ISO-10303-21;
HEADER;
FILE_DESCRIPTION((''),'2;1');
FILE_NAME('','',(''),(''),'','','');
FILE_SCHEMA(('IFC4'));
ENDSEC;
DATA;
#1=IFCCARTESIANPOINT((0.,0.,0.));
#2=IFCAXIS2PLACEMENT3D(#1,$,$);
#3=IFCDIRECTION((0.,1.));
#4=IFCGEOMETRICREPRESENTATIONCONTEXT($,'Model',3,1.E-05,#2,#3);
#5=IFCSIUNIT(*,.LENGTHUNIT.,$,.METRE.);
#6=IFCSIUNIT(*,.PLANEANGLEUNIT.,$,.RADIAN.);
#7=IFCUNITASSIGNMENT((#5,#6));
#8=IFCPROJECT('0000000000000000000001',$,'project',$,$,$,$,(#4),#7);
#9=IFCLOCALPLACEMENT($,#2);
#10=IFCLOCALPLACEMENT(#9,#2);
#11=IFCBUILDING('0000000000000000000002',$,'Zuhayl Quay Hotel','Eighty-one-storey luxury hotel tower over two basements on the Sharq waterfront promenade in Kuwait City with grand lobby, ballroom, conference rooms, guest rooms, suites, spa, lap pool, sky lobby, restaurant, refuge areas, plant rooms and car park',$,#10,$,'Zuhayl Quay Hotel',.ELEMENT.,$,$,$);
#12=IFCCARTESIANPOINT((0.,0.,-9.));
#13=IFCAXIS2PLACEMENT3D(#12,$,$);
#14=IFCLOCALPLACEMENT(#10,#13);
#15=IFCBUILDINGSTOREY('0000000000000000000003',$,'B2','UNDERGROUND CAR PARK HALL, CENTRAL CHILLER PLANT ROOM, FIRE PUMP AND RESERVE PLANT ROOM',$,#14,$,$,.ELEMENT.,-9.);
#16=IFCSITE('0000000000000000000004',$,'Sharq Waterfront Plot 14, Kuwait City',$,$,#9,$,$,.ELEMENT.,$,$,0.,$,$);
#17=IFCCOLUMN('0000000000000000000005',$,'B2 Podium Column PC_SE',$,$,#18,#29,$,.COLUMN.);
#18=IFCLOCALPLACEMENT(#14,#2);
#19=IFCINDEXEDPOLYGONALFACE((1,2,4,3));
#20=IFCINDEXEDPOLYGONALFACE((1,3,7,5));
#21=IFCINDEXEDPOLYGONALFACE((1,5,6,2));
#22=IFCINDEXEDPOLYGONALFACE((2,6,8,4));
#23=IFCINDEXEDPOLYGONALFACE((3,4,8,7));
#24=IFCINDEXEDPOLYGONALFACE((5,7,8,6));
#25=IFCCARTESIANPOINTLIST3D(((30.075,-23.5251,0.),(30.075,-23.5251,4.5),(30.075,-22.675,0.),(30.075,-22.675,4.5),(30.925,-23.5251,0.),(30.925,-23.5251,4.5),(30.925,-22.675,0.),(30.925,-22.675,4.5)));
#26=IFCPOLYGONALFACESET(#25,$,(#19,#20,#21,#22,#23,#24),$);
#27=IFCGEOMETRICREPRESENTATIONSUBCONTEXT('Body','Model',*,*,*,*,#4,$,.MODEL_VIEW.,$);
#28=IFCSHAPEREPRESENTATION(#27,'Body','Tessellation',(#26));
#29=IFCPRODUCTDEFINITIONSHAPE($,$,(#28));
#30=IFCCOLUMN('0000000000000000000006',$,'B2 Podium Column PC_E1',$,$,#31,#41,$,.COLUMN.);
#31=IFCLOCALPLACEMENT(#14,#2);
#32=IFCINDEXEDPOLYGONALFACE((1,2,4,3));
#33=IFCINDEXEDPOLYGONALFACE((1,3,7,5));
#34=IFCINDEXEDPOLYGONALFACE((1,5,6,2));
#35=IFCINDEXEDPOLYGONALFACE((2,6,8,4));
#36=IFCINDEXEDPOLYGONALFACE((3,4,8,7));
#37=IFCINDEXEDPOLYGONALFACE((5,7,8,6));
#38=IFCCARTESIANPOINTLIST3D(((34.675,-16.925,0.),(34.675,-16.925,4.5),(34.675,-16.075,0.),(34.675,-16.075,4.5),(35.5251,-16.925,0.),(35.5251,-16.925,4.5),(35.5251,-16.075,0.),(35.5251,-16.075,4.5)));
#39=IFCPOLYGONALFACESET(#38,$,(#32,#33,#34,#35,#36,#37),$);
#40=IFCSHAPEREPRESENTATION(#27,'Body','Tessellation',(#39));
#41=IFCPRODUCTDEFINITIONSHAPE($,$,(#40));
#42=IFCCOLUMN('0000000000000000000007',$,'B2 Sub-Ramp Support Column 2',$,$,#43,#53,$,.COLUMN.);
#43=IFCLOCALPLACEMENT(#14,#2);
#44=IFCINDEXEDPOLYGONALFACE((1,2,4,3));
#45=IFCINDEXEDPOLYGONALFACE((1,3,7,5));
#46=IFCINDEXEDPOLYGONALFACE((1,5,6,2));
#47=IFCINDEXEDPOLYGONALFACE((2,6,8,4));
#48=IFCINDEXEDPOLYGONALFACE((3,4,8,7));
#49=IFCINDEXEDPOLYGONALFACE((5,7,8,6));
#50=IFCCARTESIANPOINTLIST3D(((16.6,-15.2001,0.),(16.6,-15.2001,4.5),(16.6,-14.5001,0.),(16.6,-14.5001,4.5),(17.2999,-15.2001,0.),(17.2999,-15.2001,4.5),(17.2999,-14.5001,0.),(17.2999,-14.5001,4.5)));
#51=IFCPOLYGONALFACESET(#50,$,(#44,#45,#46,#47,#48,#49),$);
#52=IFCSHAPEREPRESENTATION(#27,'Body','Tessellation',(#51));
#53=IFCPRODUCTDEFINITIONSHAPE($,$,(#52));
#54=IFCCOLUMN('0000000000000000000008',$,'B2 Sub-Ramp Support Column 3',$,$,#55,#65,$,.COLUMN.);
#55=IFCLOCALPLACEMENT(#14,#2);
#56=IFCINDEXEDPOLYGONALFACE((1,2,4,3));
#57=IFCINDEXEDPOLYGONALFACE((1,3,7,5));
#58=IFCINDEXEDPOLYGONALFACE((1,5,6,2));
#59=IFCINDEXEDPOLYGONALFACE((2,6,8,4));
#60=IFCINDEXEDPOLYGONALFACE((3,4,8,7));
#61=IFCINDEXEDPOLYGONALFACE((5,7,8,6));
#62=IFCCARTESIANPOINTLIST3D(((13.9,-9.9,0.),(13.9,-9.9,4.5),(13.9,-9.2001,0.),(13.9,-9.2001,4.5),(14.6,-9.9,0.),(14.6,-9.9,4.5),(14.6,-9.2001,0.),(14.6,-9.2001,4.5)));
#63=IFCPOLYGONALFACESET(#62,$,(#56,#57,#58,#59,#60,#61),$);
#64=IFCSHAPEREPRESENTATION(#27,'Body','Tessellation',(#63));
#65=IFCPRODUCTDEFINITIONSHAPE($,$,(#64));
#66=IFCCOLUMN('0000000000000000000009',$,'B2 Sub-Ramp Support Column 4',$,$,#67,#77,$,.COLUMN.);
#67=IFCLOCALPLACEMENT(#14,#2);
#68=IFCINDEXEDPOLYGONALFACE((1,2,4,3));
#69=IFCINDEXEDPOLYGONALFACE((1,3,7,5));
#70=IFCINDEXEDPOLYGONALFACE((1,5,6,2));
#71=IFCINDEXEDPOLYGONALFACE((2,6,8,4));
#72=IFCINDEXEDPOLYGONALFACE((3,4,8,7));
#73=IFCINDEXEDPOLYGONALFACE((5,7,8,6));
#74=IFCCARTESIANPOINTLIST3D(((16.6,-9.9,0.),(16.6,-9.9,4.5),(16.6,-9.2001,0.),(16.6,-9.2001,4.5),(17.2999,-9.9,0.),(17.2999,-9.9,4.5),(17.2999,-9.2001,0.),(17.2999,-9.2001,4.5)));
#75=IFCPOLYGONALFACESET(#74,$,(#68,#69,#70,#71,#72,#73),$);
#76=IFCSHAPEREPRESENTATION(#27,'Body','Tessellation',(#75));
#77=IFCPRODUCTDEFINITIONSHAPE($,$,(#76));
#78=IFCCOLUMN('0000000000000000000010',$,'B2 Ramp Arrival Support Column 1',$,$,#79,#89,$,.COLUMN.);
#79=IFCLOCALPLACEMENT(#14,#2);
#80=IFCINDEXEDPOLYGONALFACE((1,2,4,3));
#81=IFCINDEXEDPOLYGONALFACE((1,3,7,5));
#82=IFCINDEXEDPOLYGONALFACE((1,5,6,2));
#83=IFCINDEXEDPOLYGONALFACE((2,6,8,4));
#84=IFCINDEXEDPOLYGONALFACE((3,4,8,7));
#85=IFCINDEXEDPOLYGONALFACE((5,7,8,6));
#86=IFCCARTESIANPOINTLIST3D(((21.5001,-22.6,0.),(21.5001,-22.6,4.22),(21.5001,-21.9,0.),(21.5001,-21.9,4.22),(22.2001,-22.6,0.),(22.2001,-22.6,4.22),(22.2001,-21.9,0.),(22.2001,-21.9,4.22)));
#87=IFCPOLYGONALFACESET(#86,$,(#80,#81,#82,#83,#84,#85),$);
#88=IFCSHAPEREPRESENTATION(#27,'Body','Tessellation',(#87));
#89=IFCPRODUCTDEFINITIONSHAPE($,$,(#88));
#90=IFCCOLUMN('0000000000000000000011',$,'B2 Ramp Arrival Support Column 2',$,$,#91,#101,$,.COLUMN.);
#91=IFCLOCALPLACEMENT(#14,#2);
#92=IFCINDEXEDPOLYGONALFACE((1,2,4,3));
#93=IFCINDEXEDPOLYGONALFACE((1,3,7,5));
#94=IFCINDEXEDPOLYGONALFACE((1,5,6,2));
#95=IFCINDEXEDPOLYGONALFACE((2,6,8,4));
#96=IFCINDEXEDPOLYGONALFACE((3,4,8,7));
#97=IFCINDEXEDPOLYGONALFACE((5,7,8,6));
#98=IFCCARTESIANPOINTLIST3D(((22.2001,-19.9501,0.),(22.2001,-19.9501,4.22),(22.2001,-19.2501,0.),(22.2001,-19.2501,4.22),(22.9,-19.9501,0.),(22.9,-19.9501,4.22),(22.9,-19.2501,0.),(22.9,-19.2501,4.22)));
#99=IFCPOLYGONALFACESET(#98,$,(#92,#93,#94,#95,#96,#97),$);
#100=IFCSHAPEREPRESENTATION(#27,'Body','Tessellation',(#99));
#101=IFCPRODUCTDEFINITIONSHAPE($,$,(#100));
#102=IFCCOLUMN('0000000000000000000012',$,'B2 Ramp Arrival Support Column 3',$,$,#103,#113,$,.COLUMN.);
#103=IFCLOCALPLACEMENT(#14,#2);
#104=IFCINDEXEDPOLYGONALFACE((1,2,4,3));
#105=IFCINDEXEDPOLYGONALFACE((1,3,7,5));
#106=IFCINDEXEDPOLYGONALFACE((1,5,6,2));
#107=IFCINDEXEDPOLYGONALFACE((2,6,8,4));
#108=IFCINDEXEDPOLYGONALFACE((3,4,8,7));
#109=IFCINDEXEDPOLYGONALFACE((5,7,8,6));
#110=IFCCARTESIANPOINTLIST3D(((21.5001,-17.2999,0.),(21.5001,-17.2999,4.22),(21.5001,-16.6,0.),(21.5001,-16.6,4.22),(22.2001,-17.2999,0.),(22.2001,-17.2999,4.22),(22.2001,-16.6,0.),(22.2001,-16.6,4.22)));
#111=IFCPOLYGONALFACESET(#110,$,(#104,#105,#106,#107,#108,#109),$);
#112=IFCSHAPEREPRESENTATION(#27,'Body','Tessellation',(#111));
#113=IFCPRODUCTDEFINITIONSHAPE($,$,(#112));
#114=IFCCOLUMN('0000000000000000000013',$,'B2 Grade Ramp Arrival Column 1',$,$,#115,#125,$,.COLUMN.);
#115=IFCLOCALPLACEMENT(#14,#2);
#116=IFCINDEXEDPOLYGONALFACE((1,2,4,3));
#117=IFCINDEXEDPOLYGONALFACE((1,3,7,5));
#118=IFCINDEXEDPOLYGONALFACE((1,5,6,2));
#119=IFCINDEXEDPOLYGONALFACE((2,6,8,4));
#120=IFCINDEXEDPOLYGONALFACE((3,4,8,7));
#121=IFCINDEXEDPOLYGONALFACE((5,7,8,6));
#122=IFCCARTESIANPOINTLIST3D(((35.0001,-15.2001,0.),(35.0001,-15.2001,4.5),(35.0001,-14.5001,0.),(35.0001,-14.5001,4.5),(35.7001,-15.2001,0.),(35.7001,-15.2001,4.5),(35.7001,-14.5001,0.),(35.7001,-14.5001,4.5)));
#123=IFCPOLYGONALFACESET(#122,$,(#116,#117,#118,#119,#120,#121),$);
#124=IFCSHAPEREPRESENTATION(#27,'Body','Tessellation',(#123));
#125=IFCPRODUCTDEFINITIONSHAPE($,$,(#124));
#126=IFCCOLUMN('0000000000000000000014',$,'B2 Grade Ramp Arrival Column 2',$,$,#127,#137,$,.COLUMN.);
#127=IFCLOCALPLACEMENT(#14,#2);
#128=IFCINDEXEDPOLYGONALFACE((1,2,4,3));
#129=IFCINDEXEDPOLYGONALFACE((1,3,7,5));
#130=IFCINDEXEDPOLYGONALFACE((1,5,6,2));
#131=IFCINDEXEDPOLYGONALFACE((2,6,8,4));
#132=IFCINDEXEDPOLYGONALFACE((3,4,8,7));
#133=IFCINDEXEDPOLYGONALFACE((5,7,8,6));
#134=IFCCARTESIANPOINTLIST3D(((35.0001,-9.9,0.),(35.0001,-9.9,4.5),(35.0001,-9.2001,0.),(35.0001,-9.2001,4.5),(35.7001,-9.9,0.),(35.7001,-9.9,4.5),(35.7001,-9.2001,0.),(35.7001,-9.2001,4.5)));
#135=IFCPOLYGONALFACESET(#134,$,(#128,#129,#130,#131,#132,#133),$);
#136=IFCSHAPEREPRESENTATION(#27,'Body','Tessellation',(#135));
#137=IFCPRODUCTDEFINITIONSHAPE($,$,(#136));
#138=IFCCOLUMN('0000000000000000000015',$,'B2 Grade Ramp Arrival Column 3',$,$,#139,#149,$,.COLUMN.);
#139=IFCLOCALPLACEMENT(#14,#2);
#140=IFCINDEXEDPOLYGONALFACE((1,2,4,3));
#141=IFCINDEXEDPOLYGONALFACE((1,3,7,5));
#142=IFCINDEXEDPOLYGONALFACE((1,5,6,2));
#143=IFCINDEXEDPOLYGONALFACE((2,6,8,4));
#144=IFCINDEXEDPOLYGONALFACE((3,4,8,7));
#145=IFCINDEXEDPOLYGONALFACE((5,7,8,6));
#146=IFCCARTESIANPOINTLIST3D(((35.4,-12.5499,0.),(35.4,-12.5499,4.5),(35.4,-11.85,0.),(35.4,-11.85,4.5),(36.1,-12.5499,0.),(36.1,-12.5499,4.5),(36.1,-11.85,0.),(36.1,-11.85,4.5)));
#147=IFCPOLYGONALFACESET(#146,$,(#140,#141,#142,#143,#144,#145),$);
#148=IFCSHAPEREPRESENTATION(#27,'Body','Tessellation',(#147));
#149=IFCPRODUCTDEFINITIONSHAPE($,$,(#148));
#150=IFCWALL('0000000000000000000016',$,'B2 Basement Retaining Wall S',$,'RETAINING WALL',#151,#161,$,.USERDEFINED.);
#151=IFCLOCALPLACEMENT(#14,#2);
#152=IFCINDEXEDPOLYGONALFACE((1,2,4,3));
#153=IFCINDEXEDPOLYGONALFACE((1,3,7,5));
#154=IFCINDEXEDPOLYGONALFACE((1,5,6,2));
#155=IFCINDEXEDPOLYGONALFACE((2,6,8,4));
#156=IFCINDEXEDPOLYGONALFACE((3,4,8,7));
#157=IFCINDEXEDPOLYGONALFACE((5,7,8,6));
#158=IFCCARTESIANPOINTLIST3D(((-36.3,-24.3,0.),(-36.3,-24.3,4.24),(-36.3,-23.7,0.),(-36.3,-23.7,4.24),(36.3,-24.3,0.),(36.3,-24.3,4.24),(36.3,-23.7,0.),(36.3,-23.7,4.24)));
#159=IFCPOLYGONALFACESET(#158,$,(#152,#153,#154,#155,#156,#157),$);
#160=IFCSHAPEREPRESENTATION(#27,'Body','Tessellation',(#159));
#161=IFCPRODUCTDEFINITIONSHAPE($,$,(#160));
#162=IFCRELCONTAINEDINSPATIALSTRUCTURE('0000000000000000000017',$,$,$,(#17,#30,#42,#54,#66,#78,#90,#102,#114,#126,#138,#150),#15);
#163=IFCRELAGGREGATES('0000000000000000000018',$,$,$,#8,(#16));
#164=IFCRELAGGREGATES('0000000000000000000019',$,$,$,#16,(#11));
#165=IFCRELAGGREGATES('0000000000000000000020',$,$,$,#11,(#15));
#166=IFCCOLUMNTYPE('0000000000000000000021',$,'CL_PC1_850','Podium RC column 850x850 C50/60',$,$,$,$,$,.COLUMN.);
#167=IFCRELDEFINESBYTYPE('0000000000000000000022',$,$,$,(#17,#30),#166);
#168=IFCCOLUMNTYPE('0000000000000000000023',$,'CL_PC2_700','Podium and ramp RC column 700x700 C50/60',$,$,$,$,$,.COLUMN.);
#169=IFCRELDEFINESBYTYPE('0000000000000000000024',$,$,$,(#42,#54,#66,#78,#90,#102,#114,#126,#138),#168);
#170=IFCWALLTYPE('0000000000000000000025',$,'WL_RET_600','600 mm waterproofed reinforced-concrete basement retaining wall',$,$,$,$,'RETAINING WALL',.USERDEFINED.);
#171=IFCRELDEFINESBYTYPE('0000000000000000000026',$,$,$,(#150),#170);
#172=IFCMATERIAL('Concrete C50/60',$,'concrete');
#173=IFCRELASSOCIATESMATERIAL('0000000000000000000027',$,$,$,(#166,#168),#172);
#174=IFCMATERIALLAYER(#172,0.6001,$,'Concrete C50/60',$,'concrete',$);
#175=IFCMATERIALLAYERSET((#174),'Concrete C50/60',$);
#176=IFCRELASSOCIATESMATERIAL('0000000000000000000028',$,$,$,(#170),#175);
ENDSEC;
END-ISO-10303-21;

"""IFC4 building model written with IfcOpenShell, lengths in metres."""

from ifc_helpers import new_model, si_unit, direction, frame, frame_2d, origin, origin_2d, place, context, subcontext, project, spatial, rectangle, extrude, material, layer, layer_set, material_profile, profile_set, type_object, element, save


model = new_model("IFC4")

# Units and contexts
model_context = context("Model", 3, precision=1e-05, world=origin(), true_north=direction((0.0, 1.0)))
body_context = subcontext(model_context, "Body", "Model", "MODEL_VIEW")
ifc_project = project(units=[si_unit("LENGTHUNIT", "METRE"), si_unit("PLANEANGLEUNIT", "RADIAN")], contexts=[model_context])

# Site, building, storey
site_placement = place(None, origin())
site = spatial("IfcSite", under=ifc_project, at=site_placement, Name="Sharq Waterfront Plot 14, Kuwait City", CompositionType="ELEMENT", RefElevation=0.0)
building_placement = place(site_placement, origin())
building = spatial("IfcBuilding", under=site, at=building_placement, Name="Zuhayl Quay Hotel", Description="Eighty-one-storey luxury hotel tower over two basements on the Sharq waterfront promenade in Kuwait City with grand lobby, ballroom, conference rooms, guest rooms, suites, spa, lap pool, sky lobby, restaurant, refuge areas, plant rooms and car park", LongName="Zuhayl Quay Hotel", CompositionType="ELEMENT")
storey_placement = place(building_placement, frame((0.0, 0.0, -9.0)))
storey = spatial("IfcBuildingStorey", under=building, at=storey_placement, Name="B2", Description="UNDERGROUND CAR PARK HALL, CENTRAL CHILLER PLANT ROOM, FIRE PUMP AND RESERVE PLANT ROOM", CompositionType="ELEMENT", Elevation=-9.0)

# Columns
ifc_material_1 = material(Name="Concrete C50/60", Category="concrete")
ifc_material_profile_1 = material_profile(ifc_material_1, rectangle(XDim=0.8501, YDim=0.8501, at=origin_2d()), Name="RC850X850")
ifc_profile_set_1 = profile_set([ifc_material_profile_1], Name="Concrete C50/60")
column_type_1 = type_object("IfcColumnType", Name="CL_PC1_850", Description="Podium RC column 850x850 C50/60", PredefinedType="COLUMN", material=ifc_profile_set_1)
for number, where, z_axis, x_axis, name in (
    (1, (30.5, -23.1001, 0.0), (0.0, 0.0, 1.0), (1.0, 0.0, 0.0), "B2 Podium Column PC_SE"),
    (2, (35.1001, -16.5, 0.0), (0.0, 0.0, 1.0), (1.0, 0.0, 0.0), "B2 Podium Column PC_E1"),
):
    element("IfcColumn", number, at=place(storey_placement, frame(where, z_axis=z_axis, x_axis=x_axis)), inside=storey, type_object=column_type_1, Name=name, PredefinedType="COLUMN", context=body_context, shape_type="SweptSolid", body=[
        extrude(rectangle(XDim=0.8501, YDim=0.8501, at=origin_2d()), origin(), (0.0, 0.0, 1.0), 4.5),
    ])
ifc_material_profile_2 = material_profile(ifc_material_1, rectangle(XDim=0.7, YDim=0.7, at=origin_2d()), Name="RC700X700")
ifc_profile_set_2 = profile_set([ifc_material_profile_2], Name="Concrete C50/60")
column_type_2 = type_object("IfcColumnType", Name="CL_PC2_700", Description="Podium and ramp RC column 700x700 C50/60", PredefinedType="COLUMN", material=ifc_profile_set_2)
for number, where, z_axis, x_axis, name in (
    (3, (16.95, -14.8501, 0.0), (0.0, 0.0, 1.0), (1.0, 0.0, 0.0), "B2 Sub-Ramp Support Column 2"),
    (4, (14.25, -9.55, 0.0), (0.0, 0.0, 1.0), (1.0, 0.0, 0.0), "B2 Sub-Ramp Support Column 3"),
    (5, (16.95, -9.55, 0.0), (0.0, 0.0, 1.0), (1.0, 0.0, 0.0), "B2 Sub-Ramp Support Column 4"),
):
    element("IfcColumn", number, at=place(storey_placement, frame(where, z_axis=z_axis, x_axis=x_axis)), inside=storey, type_object=column_type_2, Name=name, PredefinedType="COLUMN", context=body_context, shape_type="SweptSolid", body=[
        extrude(rectangle(XDim=0.7, YDim=0.7, at=origin_2d()), origin(), (0.0, 0.0, 1.0), 4.5),
    ])
for number, where, z_axis, x_axis, name in (
    (6, (21.8501, -22.25, 0.0), (0.0, 0.0, 1.0), (1.0, 0.0, 0.0), "B2 Ramp Arrival Support Column 1"),
    (7, (22.55, -19.6001, 0.0), (0.0, 0.0, 1.0), (1.0, 0.0, 0.0), "B2 Ramp Arrival Support Column 2"),
    (8, (21.8501, -16.95, 0.0), (0.0, 0.0, 1.0), (1.0, 0.0, 0.0), "B2 Ramp Arrival Support Column 3"),
):
    element("IfcColumn", number, at=place(storey_placement, frame(where, z_axis=z_axis, x_axis=x_axis)), inside=storey, type_object=column_type_2, Name=name, PredefinedType="COLUMN", context=body_context, shape_type="SweptSolid", body=[
        extrude(rectangle(XDim=0.7, YDim=0.7, at=origin_2d()), origin(), (0.0, 0.0, 1.0), 4.22),
    ])
for number, where, z_axis, x_axis, name in (
    (9, (35.3501, -14.8501, 0.0), (0.0, 0.0, 1.0), (1.0, 0.0, 0.0), "B2 Grade Ramp Arrival Column 1"),
    (10, (35.3501, -9.55, 0.0), (0.0, 0.0, 1.0), (1.0, 0.0, 0.0), "B2 Grade Ramp Arrival Column 2"),
    (11, (35.75, -12.2, 0.0), (0.0, 0.0, 1.0), (1.0, 0.0, 0.0), "B2 Grade Ramp Arrival Column 3"),
):
    element("IfcColumn", number, at=place(storey_placement, frame(where, z_axis=z_axis, x_axis=x_axis)), inside=storey, type_object=column_type_2, Name=name, PredefinedType="COLUMN", context=body_context, shape_type="SweptSolid", body=[
        extrude(rectangle(XDim=0.7, YDim=0.7, at=origin_2d()), origin(), (0.0, 0.0, 1.0), 4.5),
    ])

# Wall
ifc_layer_1 = layer(ifc_material_1, 0.6001, Name="Concrete C50/60", Category="concrete")
ifc_layer_set_1 = layer_set([ifc_layer_1], Name="Concrete C50/60")
wall_type = type_object("IfcWallType", Name="WL_RET_600", Description="600 mm waterproofed reinforced-concrete basement retaining wall", ElementType="RETAINING WALL", PredefinedType="USERDEFINED", material=ifc_layer_set_1)
wall_placement = place(storey_placement, frame((36.3, -24.0, 0.0), z_axis=(0.0, 0.0, 1.0), x_axis=(-1.0, 0.0, 0.0)))
element("IfcWall", 12, at=wall_placement, inside=storey, type_object=wall_type, Name="B2 Basement Retaining Wall S", ObjectType="RETAINING WALL", PredefinedType="USERDEFINED", context=body_context, shape_type="SweptSolid", body=[
    extrude(rectangle(XDim=72.6001, YDim=0.6001, at=frame_2d((36.3, 0.0))), origin(), (0.0, 0.0, 1.0), 4.24),
])

save(model, "model.ifc")
